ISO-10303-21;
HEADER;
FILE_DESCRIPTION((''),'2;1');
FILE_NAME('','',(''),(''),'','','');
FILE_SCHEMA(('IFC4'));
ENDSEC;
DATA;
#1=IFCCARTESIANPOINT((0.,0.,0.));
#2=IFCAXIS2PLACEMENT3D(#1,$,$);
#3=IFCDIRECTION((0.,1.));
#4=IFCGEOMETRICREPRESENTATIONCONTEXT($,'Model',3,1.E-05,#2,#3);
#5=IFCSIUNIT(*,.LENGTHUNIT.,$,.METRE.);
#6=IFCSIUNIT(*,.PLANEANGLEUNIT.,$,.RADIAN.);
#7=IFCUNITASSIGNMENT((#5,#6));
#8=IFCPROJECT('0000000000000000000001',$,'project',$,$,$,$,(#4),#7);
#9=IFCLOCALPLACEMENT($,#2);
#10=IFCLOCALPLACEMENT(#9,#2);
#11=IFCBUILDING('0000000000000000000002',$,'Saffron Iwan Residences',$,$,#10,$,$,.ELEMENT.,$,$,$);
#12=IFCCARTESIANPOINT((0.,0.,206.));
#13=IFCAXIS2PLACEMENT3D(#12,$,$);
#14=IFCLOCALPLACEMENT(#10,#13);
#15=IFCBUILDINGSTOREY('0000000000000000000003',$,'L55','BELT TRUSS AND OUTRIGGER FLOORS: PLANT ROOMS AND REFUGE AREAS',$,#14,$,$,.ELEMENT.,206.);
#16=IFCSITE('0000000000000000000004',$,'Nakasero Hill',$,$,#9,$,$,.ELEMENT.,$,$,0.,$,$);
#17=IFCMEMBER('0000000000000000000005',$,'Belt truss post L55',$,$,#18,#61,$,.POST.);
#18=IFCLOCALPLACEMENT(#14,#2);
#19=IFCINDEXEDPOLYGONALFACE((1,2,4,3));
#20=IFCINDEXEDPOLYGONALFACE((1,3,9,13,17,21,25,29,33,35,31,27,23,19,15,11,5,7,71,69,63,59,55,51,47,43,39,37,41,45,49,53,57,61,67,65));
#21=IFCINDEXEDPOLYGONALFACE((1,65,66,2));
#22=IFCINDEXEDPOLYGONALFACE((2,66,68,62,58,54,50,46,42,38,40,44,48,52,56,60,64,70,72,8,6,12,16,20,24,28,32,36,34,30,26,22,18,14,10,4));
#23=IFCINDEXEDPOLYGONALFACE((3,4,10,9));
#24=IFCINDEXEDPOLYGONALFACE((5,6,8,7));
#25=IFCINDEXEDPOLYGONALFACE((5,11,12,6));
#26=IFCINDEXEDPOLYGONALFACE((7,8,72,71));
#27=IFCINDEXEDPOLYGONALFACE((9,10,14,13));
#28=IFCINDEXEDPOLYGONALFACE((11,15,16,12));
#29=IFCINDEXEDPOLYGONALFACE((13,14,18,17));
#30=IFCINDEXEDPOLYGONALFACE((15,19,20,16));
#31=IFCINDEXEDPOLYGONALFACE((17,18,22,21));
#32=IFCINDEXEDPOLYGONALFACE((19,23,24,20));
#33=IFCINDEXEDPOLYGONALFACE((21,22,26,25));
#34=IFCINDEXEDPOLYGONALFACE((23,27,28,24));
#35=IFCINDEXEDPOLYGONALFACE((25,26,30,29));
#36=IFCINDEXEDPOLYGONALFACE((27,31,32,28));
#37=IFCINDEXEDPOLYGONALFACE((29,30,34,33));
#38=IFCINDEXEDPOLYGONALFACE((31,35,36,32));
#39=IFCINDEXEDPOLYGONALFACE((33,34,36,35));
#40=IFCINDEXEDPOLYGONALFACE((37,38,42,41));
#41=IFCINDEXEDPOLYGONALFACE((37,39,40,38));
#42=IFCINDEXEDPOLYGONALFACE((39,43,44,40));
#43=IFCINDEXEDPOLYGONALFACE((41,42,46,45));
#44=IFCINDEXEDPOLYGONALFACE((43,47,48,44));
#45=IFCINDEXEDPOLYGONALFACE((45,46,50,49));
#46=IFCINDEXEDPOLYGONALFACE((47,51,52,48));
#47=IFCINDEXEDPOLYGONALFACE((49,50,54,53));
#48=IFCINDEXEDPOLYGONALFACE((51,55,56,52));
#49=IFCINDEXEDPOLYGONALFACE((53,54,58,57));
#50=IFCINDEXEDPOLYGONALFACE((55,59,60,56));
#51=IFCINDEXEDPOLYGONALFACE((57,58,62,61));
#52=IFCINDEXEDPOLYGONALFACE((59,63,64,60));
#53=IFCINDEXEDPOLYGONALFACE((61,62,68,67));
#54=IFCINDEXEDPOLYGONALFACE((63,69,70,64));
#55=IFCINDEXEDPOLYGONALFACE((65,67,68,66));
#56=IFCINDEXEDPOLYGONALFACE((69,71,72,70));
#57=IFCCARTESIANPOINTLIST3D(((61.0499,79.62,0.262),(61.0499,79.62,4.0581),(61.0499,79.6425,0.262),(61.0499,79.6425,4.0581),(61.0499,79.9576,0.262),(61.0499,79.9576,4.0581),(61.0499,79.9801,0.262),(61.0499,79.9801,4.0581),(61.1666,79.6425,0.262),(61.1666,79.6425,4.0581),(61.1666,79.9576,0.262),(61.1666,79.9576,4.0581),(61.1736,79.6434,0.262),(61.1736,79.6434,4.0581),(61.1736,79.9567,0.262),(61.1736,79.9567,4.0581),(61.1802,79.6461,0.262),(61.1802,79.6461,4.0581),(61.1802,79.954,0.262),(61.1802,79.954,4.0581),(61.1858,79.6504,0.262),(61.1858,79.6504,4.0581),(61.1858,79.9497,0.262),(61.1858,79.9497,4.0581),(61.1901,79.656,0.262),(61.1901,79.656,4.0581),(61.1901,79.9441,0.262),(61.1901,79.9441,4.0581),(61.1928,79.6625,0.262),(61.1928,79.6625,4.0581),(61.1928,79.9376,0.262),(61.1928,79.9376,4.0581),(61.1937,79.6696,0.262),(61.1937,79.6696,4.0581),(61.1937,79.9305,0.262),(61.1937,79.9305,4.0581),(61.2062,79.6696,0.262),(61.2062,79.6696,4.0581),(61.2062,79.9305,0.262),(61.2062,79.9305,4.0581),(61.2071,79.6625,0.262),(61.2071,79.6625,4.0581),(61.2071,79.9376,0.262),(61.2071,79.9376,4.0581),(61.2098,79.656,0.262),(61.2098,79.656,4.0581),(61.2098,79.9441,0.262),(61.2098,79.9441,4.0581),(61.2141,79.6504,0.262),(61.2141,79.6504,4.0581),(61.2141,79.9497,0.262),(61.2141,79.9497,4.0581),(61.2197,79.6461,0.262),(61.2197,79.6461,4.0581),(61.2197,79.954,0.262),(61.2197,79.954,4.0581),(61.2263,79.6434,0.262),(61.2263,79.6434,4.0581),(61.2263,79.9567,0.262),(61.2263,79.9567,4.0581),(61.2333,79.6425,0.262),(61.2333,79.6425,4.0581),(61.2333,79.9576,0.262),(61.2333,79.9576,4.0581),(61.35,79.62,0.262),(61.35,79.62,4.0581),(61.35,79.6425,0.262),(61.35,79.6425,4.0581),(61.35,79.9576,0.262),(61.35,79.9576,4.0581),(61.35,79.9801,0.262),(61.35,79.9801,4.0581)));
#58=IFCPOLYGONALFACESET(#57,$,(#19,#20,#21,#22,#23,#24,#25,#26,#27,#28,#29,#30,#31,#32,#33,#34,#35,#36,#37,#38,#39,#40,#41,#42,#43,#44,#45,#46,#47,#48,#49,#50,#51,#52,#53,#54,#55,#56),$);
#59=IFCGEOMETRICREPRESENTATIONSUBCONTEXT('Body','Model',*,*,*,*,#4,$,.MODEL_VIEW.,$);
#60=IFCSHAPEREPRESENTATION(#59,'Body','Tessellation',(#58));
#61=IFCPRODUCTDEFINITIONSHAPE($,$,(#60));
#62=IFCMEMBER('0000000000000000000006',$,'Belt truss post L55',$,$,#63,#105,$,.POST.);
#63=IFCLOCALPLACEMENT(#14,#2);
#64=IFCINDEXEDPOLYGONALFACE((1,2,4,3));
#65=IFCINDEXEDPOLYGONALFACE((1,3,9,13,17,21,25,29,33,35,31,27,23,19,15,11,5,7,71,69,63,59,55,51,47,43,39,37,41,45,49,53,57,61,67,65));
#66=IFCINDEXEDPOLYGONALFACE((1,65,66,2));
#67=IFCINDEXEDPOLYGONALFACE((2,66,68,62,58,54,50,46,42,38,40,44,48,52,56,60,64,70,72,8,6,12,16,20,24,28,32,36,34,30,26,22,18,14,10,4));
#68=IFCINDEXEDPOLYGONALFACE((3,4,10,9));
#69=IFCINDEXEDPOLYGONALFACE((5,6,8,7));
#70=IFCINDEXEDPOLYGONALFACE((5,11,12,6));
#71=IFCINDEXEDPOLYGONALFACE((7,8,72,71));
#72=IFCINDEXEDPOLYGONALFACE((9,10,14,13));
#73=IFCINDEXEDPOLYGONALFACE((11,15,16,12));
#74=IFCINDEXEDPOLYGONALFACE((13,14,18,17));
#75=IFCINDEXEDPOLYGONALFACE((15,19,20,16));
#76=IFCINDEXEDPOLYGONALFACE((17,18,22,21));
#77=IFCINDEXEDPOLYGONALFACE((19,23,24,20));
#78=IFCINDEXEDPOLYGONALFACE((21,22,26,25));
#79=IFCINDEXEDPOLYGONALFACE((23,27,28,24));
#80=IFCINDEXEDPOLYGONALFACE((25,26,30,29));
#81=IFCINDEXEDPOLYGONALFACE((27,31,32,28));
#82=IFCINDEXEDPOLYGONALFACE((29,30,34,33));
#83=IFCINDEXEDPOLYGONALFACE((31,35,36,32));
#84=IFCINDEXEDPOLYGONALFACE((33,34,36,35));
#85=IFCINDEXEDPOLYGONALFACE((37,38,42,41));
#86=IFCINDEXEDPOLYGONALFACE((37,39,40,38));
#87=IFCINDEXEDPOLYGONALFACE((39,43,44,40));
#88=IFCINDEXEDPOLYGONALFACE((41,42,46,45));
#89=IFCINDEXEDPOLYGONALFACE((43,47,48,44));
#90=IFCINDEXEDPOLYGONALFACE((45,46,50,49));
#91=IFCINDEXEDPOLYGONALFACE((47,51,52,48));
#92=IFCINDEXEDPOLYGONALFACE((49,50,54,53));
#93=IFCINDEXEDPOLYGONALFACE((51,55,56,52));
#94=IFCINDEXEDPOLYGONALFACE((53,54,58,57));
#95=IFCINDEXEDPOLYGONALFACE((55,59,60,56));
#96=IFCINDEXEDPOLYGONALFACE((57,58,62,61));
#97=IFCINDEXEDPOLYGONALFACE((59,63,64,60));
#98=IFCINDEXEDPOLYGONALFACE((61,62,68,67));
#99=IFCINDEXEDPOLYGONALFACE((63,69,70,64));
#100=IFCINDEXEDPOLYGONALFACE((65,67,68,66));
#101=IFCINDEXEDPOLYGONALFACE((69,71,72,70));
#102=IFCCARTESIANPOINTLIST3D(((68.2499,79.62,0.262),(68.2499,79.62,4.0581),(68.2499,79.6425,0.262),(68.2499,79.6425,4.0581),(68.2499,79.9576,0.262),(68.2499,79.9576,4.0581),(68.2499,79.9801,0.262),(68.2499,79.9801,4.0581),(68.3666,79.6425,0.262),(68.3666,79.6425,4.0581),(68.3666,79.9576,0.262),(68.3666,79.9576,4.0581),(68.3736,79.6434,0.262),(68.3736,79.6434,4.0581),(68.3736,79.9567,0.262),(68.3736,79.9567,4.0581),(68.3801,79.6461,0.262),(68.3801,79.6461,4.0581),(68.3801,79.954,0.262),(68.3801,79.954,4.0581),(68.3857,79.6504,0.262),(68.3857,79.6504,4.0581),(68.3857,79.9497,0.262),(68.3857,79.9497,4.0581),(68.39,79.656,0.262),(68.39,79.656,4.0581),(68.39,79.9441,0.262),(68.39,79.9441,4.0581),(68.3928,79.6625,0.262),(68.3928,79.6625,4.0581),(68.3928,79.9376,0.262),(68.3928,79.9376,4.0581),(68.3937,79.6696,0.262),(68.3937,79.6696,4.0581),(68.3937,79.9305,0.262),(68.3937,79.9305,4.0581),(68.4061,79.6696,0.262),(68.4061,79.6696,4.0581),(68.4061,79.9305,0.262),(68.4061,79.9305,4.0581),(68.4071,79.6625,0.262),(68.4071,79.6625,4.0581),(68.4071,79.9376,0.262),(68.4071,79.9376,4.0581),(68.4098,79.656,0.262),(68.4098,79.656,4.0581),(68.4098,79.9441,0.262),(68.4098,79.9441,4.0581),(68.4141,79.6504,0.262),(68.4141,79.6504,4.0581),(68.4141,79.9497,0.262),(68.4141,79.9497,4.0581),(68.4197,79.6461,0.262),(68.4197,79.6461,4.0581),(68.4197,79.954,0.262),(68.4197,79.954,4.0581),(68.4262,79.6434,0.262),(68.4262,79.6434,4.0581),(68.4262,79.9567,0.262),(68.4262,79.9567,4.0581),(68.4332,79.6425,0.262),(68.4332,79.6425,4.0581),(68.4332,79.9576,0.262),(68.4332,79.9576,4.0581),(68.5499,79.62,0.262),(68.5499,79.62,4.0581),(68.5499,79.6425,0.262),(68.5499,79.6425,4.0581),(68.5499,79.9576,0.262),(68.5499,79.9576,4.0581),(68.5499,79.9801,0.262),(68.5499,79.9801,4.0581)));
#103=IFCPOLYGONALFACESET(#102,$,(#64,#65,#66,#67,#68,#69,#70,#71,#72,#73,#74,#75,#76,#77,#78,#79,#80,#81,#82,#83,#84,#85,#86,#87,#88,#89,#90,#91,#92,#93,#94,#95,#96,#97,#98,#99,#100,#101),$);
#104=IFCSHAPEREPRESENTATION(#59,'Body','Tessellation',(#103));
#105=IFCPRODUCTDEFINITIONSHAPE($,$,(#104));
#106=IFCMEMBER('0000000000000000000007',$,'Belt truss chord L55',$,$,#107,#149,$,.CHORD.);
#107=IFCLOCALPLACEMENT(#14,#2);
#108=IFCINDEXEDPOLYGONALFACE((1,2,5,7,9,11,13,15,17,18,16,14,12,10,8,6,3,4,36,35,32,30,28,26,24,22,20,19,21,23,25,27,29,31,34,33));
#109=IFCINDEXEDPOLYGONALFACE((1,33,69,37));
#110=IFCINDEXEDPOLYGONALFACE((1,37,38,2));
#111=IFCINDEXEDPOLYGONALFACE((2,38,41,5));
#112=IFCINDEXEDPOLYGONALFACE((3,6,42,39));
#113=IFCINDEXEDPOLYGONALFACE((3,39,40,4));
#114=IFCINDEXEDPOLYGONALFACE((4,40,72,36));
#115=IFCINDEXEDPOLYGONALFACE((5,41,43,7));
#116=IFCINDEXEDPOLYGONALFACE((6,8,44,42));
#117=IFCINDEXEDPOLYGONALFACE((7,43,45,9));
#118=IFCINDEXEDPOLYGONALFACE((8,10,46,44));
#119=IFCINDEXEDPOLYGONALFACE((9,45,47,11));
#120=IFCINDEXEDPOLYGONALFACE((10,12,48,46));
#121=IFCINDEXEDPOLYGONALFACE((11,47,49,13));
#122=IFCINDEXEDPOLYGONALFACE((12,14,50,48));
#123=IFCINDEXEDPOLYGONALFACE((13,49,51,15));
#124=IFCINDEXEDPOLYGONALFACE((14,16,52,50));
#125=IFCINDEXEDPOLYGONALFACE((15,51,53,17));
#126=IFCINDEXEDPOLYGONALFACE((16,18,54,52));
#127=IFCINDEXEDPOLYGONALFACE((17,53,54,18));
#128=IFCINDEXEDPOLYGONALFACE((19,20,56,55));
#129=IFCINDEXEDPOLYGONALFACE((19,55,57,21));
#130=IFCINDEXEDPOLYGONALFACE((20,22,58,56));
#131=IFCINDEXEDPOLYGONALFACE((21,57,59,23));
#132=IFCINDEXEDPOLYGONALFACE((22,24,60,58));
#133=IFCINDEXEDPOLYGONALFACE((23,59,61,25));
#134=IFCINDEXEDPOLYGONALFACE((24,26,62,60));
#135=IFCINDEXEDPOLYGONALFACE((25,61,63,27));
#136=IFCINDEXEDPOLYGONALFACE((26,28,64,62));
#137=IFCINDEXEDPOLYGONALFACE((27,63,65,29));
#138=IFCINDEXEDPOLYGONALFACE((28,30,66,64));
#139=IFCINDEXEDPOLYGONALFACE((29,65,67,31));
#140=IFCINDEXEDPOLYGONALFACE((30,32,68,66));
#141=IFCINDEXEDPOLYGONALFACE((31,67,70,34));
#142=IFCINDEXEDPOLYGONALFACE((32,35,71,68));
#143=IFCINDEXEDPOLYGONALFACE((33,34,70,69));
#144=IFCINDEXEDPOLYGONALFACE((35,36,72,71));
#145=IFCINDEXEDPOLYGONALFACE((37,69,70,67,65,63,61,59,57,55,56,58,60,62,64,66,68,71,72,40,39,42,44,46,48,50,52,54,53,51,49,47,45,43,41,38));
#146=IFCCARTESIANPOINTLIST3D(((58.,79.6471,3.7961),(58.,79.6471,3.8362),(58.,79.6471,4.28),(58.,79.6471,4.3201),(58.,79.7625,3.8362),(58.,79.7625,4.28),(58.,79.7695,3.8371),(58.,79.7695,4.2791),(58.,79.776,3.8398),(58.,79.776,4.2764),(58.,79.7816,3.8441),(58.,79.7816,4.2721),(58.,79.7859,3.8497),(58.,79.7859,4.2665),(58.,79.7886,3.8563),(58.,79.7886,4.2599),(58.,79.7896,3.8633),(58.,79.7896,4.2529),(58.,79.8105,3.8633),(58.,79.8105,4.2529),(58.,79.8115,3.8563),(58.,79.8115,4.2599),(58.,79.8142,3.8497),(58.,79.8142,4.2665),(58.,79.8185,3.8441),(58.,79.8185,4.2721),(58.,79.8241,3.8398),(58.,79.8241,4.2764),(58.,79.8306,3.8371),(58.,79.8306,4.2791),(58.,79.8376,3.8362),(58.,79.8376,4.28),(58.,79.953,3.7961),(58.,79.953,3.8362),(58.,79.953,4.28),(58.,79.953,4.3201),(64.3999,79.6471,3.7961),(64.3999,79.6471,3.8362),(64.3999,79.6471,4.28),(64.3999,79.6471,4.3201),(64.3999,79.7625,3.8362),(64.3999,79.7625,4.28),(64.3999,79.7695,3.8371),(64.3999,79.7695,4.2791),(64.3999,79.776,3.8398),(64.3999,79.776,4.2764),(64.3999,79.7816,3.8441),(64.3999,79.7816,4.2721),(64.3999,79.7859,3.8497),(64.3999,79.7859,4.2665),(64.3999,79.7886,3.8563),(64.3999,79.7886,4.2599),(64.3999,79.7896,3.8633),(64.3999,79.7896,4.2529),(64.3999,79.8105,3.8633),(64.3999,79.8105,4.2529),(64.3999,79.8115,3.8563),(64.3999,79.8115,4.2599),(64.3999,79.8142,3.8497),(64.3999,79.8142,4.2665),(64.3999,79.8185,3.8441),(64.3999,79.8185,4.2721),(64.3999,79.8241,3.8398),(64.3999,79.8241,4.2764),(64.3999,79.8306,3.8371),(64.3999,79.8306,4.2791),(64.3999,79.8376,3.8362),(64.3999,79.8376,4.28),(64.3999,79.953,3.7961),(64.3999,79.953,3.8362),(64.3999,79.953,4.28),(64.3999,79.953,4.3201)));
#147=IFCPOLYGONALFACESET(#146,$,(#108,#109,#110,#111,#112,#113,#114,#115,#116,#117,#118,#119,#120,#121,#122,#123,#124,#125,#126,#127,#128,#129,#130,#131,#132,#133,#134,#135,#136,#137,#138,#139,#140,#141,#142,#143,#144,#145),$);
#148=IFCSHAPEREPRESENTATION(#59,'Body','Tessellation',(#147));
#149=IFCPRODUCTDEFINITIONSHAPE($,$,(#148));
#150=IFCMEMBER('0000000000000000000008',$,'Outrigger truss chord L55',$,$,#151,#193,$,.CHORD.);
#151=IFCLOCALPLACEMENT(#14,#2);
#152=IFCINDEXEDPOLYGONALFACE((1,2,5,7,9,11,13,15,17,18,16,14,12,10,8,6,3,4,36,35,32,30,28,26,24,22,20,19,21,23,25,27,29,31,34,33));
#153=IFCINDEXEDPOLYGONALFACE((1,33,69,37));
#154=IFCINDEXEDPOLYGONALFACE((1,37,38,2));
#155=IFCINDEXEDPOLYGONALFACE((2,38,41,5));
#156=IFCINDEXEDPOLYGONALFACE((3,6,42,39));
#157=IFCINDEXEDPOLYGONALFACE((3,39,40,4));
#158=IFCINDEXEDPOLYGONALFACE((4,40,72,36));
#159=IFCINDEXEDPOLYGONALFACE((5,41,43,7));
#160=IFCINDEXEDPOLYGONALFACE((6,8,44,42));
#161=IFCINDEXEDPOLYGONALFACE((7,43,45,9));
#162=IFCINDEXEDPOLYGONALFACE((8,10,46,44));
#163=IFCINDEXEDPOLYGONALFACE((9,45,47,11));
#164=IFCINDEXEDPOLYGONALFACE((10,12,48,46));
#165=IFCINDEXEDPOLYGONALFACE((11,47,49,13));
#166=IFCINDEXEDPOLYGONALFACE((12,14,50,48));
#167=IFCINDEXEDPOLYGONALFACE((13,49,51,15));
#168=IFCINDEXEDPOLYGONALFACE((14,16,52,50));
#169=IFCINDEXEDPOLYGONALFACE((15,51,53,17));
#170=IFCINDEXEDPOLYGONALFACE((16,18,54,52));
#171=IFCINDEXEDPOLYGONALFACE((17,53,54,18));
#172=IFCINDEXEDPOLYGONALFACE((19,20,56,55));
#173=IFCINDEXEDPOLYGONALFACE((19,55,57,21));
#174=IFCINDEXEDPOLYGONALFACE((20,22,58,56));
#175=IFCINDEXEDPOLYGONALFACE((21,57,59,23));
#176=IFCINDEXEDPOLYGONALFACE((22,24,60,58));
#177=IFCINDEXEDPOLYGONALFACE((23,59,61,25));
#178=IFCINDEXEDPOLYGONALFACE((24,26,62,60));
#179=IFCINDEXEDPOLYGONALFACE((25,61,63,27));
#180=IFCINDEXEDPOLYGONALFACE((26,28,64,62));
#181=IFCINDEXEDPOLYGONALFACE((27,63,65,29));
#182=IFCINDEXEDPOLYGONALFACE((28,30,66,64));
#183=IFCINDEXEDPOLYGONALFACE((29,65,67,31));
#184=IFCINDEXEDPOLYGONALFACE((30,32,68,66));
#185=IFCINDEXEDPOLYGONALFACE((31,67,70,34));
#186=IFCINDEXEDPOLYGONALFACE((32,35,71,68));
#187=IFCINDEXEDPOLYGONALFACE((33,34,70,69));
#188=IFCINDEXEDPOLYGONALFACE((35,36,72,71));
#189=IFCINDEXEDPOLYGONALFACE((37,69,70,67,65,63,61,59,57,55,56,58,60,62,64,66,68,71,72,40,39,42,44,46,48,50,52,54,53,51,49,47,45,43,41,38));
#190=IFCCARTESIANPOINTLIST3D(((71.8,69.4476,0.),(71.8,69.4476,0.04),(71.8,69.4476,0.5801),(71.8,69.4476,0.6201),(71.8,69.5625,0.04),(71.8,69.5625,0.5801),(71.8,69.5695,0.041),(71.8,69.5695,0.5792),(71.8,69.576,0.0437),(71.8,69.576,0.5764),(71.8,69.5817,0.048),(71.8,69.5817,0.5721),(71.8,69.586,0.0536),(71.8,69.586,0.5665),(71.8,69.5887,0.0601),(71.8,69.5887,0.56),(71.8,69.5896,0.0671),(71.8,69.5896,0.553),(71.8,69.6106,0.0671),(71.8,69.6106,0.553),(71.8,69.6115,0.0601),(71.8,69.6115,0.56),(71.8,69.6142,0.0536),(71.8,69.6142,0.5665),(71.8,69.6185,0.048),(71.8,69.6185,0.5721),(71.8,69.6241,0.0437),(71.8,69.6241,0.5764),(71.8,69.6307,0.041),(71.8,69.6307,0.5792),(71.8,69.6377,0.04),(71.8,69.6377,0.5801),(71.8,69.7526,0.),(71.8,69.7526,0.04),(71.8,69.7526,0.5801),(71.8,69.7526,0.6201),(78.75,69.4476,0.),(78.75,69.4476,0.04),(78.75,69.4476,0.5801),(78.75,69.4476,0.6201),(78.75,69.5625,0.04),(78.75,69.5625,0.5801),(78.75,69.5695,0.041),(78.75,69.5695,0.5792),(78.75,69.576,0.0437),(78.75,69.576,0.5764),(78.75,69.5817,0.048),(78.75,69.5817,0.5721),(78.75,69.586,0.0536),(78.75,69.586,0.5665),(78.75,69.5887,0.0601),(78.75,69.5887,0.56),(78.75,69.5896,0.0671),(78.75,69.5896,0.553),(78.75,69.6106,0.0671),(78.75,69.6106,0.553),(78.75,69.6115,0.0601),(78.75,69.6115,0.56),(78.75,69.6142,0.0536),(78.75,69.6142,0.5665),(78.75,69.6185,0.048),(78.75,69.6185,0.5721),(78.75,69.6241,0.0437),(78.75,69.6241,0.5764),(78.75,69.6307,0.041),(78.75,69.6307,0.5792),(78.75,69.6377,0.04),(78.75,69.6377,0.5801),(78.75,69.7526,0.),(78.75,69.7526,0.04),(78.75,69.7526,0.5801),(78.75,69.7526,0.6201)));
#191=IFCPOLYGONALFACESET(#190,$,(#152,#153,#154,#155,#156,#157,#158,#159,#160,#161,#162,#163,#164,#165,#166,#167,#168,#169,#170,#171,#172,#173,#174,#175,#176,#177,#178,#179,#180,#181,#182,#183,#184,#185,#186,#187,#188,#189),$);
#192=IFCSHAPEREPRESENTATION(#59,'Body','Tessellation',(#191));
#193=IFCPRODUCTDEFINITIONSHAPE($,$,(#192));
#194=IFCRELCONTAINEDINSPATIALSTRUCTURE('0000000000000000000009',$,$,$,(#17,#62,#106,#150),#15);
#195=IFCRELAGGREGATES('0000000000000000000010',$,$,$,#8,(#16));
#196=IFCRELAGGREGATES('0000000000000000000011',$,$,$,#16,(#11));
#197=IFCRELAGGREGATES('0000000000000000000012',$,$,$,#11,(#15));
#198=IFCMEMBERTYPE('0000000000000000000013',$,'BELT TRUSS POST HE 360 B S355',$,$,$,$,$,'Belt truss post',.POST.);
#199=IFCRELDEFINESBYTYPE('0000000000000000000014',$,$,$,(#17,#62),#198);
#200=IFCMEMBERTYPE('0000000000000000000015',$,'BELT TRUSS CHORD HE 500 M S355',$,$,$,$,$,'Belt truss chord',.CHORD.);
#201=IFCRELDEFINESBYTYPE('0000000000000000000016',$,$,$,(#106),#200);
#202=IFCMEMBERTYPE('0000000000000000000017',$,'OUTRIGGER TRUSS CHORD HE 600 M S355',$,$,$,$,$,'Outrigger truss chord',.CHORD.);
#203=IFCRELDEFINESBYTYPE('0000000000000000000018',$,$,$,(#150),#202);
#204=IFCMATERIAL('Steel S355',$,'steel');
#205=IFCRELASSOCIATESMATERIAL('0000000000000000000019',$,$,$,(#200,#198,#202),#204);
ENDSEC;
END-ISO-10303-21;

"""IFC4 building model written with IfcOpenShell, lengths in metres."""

from ifc_helpers import new_model, si_unit, direction, frame, origin, origin_2d, place, context, subcontext, project, spatial, i_section, extrude, source, transform, mapped, material, material_profile, profile_set, type_object, element, save


model = new_model("IFC4")

# Units and contexts
model_context = context("Model", 3, precision=1e-05, world=origin(), true_north=direction((0.0, 1.0)))
body_context = subcontext(model_context, "Body", "Model", "MODEL_VIEW")
ifc_project = project(units=[si_unit("LENGTHUNIT", "METRE"), si_unit("PLANEANGLEUNIT", "RADIAN")], contexts=[model_context])

# Site, building, storey
site_placement = place(None, origin())
site = spatial("IfcSite", under=ifc_project, at=site_placement, Name="Nakasero Hill", CompositionType="ELEMENT", RefElevation=0.0)
building_placement = place(site_placement, origin())
building = spatial("IfcBuilding", under=site, at=building_placement, Name="Saffron Iwan Residences", CompositionType="ELEMENT")
storey_placement = place(building_placement, frame((0.0, 0.0, 206.0)))
storey = spatial("IfcBuildingStorey", under=building, at=storey_placement, Name="L55", Description="BELT TRUSS AND OUTRIGGER FLOORS: PLANT ROOMS AND REFUGE AREAS", CompositionType="ELEMENT", Elevation=206.0)

# Members
ifc_material_1 = material(Name="Steel S355", Category="steel")
ifc_material_profile_1 = material_profile(ifc_material_1, i_section(OverallWidth=0.3059, OverallDepth=0.5239, WebThickness=0.021, FlangeThickness=0.04, FilletRadius=0.0271, at=origin_2d()), Name="HE 500 M")
ifc_profile_set_1 = profile_set([ifc_material_profile_1], Name="Steel S355")
member_type_1 = type_object("IfcMemberType", Name="BELT TRUSS CHORD HE 500 M S355", ElementType="Belt truss chord", PredefinedType="CHORD", material=ifc_profile_set_1)
ifc_material_profile_2 = material_profile(ifc_material_1, i_section(OverallWidth=0.3, OverallDepth=0.3601, WebThickness=0.0125, FlangeThickness=0.0225, FilletRadius=0.0271, at=origin_2d()), Name="HE 360 B")
ifc_profile_set_2 = profile_set([ifc_material_profile_2], Name="Steel S355")
member_type_2 = type_object("IfcMemberType", Name="BELT TRUSS POST HE 360 B S355", ElementType="Belt truss post", PredefinedType="POST", material=ifc_profile_set_2)
shared_shape_1 = source(origin(), body_context, "Body", "SweptSolid", [
    extrude(i_section(OverallWidth=0.3, OverallDepth=0.3601, WebThickness=0.0125, FlangeThickness=0.0225, FilletRadius=0.0271, at=origin_2d()), origin(), (0.0, 0.0, 1.0), 3.7961),
])
for number, where, z_axis, x_axis, name in (
    (1, (61.2, 79.8, 0.262), (0.0, 0.0, 1.0), (1.0, 0.0, 0.0), "Belt truss post L55"),
    (2, (68.3999, 79.8, 0.262), (0.0, 0.0, 1.0), (1.0, 0.0, 0.0), "Belt truss post L55"),
):
    element("IfcMember", number, at=place(storey_placement, frame(where, z_axis=z_axis, x_axis=x_axis)), inside=storey, type_object=member_type_2, Name=name, PredefinedType="POST", context=body_context, shape_type="MappedRepresentation", body=[
        mapped(shared_shape_1, transform((0.0, 0.0, 0.0))),
    ])
shared_shape_2 = source(origin(), body_context, "Body", "SweptSolid", [
    extrude(i_section(OverallWidth=0.3059, OverallDepth=0.5239, WebThickness=0.021, FlangeThickness=0.04, FilletRadius=0.0271, at=origin_2d()), origin(), (0.0, 0.0, 1.0), 6.3999),
])
member_1_placement = place(storey_placement, frame((58.0, 79.8, 4.0581), z_axis=(1.0, 0.0, 0.0), x_axis=(0.0, 1.0, 0.0)))
element("IfcMember", 3, at=member_1_placement, inside=storey, type_object=member_type_1, Name="Belt truss chord L55", PredefinedType="CHORD", context=body_context, shape_type="MappedRepresentation", body=[
    mapped(shared_shape_2, transform((0.0, 0.0, 0.0))),
])
ifc_material_profile_3 = material_profile(ifc_material_1, i_section(OverallWidth=0.3049, OverallDepth=0.6201, WebThickness=0.021, FlangeThickness=0.04, FilletRadius=0.0271, at=origin_2d()), Name="HE 600 M")
ifc_profile_set_3 = profile_set([ifc_material_profile_3], Name="Steel S355")
member_type_3 = type_object("IfcMemberType", Name="OUTRIGGER TRUSS CHORD HE 600 M S355", ElementType="Outrigger truss chord", PredefinedType="CHORD", material=ifc_profile_set_3)
shared_shape_3 = source(origin(), body_context, "Body", "SweptSolid", [
    extrude(i_section(OverallWidth=0.3049, OverallDepth=0.6201, WebThickness=0.021, FlangeThickness=0.04, FilletRadius=0.0271, at=origin_2d()), origin(), (0.0, 0.0, 1.0), 6.95),
])
for number, where, z_axis, x_axis, name in (
    (4, (71.8, 69.6001, 0.3101), (1.0, 0.0, 0.0), (0.0, 1.0, 0.0), "Outrigger truss chord L55"),
):
    element("IfcMember", number, at=place(storey_placement, frame(where, z_axis=z_axis, x_axis=x_axis)), inside=storey, type_object=member_type_3, Name=name, PredefinedType="CHORD", context=body_context, shape_type="MappedRepresentation", body=[
        mapped(shared_shape_3, transform((0.0, 0.0, 0.0))),
    ])

save(model, "model.ifc")
